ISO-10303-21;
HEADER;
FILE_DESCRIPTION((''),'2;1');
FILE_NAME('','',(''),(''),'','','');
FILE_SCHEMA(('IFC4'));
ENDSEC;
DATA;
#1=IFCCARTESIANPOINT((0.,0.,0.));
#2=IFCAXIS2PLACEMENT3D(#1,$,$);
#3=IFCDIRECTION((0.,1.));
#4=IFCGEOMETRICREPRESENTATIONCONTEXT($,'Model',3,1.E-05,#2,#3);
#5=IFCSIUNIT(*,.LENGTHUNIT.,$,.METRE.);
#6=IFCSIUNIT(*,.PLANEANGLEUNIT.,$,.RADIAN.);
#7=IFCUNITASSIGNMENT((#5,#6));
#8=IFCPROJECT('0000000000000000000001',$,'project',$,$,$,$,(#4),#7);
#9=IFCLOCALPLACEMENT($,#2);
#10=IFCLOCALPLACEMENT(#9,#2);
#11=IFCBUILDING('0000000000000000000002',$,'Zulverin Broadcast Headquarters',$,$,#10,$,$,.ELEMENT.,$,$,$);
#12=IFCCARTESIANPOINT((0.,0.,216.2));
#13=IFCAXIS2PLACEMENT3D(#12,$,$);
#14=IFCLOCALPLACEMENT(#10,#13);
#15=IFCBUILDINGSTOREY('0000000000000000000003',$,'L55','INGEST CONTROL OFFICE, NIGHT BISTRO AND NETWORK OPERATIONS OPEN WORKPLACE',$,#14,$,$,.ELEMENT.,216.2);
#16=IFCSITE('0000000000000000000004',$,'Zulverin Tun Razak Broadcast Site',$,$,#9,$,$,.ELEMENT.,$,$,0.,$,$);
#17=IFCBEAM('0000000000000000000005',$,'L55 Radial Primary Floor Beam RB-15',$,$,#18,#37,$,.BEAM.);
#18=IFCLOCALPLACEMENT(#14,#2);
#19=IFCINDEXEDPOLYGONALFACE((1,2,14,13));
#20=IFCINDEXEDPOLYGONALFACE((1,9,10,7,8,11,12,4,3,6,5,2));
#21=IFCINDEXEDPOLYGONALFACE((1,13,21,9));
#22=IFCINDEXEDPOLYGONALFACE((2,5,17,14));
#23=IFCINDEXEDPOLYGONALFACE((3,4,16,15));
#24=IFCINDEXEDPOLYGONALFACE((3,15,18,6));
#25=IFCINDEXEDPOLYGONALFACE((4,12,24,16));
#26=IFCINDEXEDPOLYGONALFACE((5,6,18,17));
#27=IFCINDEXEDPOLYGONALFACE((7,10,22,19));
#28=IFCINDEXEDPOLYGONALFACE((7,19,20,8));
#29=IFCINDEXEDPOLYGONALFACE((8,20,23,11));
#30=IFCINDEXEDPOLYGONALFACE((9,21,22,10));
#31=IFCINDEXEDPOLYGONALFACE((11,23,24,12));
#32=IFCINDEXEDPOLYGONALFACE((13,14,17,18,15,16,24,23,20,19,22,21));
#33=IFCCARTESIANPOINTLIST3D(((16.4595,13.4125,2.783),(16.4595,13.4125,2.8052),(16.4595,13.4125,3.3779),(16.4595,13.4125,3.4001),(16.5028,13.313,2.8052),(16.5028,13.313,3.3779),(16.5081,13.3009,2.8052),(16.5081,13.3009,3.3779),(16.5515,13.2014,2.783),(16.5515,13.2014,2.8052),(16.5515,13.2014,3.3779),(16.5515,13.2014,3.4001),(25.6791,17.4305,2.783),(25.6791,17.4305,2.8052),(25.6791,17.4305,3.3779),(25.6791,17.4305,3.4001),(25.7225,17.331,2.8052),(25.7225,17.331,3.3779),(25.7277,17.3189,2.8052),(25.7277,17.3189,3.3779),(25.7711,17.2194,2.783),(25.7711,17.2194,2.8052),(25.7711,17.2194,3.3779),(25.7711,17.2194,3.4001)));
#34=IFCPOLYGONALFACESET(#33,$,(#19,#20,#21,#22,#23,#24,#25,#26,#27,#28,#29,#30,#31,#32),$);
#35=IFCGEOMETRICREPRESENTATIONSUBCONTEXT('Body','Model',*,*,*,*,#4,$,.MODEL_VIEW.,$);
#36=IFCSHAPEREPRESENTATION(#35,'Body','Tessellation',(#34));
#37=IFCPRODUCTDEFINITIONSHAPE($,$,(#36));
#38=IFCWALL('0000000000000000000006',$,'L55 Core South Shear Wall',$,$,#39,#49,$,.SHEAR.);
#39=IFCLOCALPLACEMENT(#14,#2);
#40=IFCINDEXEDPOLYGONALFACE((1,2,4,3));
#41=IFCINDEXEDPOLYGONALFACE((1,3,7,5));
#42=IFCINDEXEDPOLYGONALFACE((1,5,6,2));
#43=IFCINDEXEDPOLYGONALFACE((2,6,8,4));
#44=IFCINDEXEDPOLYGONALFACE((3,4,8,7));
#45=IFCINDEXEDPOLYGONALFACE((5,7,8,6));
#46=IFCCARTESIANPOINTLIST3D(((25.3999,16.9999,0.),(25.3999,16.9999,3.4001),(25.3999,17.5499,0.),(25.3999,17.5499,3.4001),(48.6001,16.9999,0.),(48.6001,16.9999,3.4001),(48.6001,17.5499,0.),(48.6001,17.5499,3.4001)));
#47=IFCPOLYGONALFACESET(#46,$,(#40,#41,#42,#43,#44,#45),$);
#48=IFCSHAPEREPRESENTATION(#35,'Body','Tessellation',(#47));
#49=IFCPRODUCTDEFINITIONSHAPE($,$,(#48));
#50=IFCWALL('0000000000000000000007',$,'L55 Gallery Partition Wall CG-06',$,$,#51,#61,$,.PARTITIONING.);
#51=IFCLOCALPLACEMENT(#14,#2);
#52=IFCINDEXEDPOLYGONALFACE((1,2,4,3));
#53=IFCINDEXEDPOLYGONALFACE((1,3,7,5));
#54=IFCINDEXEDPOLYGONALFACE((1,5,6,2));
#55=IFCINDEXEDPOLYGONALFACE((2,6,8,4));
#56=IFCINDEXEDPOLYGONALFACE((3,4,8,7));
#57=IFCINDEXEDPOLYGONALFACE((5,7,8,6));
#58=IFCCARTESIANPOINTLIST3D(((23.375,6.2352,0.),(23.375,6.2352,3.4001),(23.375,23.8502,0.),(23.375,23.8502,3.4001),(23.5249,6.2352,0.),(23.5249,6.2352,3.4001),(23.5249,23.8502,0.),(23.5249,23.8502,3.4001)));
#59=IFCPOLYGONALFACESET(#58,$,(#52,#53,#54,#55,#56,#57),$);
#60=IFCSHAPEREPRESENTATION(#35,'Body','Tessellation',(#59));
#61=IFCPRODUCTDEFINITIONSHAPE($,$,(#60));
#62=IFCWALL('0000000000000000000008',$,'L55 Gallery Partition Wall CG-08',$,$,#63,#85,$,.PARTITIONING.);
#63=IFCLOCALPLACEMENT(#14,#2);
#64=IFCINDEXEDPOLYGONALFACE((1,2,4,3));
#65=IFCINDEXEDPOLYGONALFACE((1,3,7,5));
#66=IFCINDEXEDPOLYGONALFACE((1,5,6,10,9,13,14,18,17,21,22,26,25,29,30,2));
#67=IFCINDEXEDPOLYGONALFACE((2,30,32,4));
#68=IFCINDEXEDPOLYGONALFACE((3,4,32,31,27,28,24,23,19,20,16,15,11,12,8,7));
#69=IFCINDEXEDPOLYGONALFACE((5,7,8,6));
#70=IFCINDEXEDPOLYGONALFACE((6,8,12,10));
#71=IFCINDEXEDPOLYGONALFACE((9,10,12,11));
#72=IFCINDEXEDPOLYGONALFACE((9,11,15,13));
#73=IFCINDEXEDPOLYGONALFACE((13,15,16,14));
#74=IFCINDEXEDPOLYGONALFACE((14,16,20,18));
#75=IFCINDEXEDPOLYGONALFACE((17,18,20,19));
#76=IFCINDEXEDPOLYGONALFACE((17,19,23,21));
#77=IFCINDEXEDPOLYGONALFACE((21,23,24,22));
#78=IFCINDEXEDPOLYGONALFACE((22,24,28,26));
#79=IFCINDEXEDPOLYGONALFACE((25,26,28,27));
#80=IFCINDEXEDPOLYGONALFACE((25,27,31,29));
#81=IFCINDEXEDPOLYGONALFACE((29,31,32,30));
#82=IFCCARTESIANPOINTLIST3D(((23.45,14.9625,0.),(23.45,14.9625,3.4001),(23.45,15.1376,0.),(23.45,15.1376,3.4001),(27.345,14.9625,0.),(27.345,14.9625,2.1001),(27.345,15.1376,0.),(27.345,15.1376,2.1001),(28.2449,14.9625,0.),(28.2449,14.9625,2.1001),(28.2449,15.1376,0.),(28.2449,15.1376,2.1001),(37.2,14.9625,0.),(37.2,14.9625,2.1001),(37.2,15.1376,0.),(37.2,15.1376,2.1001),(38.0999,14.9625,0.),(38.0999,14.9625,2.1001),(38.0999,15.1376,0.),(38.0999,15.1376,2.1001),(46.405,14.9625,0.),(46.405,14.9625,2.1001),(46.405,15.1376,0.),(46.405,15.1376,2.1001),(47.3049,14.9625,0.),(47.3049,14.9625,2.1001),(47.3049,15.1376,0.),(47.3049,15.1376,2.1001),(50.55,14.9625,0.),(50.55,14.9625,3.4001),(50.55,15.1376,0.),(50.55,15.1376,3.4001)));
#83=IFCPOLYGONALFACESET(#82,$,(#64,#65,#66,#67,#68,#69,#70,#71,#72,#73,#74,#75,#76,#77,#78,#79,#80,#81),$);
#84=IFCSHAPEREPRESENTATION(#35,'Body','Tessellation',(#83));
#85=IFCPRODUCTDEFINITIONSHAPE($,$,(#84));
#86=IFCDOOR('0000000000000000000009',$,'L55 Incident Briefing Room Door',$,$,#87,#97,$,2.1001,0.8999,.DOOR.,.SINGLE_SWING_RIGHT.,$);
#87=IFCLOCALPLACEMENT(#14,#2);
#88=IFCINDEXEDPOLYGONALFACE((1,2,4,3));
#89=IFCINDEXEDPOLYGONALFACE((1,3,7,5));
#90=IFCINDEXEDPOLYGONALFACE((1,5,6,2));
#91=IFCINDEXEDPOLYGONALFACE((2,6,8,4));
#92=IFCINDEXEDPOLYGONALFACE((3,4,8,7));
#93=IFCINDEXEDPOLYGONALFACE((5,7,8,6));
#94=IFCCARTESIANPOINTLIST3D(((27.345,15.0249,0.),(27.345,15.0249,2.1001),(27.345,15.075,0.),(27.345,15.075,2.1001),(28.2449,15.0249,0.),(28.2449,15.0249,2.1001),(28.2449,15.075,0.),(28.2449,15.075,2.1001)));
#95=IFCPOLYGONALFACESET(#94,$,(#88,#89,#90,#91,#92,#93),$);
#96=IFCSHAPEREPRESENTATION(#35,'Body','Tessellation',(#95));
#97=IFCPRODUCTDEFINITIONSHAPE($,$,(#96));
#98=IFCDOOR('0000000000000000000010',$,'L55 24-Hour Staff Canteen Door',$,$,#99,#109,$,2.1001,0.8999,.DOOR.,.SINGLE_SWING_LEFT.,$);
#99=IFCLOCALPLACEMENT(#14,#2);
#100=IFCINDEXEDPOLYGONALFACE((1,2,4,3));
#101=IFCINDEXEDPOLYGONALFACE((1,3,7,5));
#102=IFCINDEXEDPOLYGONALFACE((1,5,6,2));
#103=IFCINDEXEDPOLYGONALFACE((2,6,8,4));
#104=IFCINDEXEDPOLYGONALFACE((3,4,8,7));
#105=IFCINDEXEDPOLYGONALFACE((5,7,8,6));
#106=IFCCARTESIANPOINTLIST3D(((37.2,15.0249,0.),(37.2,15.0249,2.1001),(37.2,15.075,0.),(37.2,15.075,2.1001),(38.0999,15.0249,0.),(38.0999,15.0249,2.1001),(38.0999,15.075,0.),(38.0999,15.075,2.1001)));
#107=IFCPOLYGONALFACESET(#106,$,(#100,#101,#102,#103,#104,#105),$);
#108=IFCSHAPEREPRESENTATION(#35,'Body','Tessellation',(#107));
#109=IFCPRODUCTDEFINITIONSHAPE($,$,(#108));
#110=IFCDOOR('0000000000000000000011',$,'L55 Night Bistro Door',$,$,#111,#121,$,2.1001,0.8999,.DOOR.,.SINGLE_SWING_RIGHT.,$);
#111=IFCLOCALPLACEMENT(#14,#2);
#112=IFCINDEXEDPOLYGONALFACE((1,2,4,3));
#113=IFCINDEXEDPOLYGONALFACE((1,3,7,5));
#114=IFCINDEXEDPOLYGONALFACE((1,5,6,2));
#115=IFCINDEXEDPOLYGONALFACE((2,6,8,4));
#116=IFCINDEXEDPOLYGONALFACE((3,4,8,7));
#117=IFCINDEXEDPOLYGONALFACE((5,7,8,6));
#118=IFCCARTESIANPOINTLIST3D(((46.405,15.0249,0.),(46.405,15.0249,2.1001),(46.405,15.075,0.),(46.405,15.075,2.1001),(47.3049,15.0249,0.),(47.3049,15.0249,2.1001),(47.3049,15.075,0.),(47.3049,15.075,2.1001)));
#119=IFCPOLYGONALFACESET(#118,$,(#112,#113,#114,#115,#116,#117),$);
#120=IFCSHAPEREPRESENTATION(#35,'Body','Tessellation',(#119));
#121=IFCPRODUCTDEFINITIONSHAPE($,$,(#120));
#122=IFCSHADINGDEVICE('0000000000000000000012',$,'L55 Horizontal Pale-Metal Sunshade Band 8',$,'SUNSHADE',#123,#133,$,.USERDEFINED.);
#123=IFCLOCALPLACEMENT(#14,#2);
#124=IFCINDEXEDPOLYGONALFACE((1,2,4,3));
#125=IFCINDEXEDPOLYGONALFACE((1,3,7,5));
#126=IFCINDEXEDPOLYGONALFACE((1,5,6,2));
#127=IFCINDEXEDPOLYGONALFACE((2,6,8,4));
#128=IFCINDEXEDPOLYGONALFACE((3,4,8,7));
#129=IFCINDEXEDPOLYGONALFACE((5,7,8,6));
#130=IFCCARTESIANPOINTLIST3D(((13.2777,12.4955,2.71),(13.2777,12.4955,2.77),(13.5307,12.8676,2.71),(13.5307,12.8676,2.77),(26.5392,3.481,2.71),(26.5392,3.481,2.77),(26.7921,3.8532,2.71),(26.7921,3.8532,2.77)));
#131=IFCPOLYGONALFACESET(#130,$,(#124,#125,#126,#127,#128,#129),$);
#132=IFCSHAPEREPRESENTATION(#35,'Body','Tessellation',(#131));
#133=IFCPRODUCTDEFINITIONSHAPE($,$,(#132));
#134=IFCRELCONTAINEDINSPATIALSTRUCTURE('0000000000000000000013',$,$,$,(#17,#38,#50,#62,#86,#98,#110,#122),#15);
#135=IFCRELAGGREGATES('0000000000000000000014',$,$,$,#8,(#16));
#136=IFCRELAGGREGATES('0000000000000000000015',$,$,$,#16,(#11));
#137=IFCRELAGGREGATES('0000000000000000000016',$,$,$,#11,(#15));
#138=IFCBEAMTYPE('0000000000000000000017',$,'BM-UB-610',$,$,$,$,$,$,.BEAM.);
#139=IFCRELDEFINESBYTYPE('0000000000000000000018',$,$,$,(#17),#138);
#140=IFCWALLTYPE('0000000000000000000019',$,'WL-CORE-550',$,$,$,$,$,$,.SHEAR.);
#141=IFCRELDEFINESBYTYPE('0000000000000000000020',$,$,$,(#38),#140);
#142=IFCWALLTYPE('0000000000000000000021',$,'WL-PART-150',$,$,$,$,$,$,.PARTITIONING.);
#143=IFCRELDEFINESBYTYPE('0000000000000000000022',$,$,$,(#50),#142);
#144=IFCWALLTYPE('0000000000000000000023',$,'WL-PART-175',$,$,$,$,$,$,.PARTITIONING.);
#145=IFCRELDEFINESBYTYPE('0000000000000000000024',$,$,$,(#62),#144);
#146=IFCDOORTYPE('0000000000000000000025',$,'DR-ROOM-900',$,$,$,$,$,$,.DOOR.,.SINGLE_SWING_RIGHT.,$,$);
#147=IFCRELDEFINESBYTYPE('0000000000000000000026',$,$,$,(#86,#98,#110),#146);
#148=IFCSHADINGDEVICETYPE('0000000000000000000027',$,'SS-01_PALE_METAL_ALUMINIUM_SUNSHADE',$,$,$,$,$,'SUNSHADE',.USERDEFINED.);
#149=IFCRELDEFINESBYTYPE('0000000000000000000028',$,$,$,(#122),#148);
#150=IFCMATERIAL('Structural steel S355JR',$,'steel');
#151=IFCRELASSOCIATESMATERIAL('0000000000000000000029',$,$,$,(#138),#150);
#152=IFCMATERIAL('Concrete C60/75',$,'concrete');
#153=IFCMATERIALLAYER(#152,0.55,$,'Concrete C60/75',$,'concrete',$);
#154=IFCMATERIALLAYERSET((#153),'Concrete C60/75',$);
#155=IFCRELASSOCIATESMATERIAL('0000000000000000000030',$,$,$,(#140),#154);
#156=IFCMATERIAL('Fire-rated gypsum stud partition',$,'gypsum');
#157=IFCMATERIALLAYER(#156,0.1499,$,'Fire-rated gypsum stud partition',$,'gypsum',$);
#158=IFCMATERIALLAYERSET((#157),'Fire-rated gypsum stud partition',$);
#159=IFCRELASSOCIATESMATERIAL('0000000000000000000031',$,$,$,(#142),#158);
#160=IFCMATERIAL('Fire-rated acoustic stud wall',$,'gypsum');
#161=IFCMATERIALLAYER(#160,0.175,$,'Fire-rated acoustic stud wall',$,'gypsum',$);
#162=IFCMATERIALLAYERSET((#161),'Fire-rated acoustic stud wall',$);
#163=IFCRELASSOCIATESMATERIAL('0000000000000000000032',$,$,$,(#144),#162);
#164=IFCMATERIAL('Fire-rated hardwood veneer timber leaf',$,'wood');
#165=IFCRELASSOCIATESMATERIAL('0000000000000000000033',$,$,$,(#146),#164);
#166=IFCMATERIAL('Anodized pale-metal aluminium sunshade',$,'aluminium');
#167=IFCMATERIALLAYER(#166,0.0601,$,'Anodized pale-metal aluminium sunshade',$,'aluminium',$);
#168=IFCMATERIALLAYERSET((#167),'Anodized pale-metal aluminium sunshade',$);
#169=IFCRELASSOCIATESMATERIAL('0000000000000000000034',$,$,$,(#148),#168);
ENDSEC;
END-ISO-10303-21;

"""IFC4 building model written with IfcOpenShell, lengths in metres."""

from ifc_helpers import new_model, si_unit, direction, frame, frame_2d, origin, origin_2d, place, context, subcontext, project, spatial, rectangle, i_section, extrude, material, layer, layer_set, material_profile, profile_set, type_object, element, fill, save


model = new_model("IFC4")

# Units and contexts
model_context = context("Model", 3, precision=1e-05, world=origin(), true_north=direction((0.0, 1.0)))
body_context = subcontext(model_context, "Body", "Model", "MODEL_VIEW")
ifc_project = project(units=[si_unit("LENGTHUNIT", "METRE"), si_unit("PLANEANGLEUNIT", "RADIAN")], contexts=[model_context])

# Site, building, storey
site_placement = place(None, origin())
site = spatial("IfcSite", under=ifc_project, at=site_placement, Name="Zulverin Tun Razak Broadcast Site", CompositionType="ELEMENT", RefElevation=0.0)
building_placement = place(site_placement, origin())
building = spatial("IfcBuilding", under=site, at=building_placement, Name="Zulverin Broadcast Headquarters", CompositionType="ELEMENT")
storey_placement = place(building_placement, frame((0.0, 0.0, 216.2)))
storey = spatial("IfcBuildingStorey", under=building, at=storey_placement, Name="L55", Description="INGEST CONTROL OFFICE, NIGHT BISTRO AND NETWORK OPERATIONS OPEN WORKPLACE", CompositionType="ELEMENT", Elevation=216.2)

# Beam
ifc_material_1 = material(Name="Concrete C60/75", Category="concrete")
ifc_material_2 = material(Name="Structural steel S355JR", Category="steel")
ifc_material_profile_1 = material_profile(ifc_material_2, i_section(OverallWidth=0.2302, OverallDepth=0.6172, WebThickness=0.0132, FlangeThickness=0.0222, at=origin_2d()), Name="Structural steel S355JR", Category="steel")
ifc_profile_set_1 = profile_set([ifc_material_profile_1], Name="Structural steel S355JR")
beam_type_1 = type_object("IfcBeamType", Name="BM-UB-610", PredefinedType="BEAM", material=ifc_profile_set_1)
beam_1_placement = place(storey_placement, frame((25.7251, 17.325, 3.0916), z_axis=(-0.916725, -0.39952, 0.0), x_axis=(0.39952, -0.916725, 0.0)))
element("IfcBeam", 1, at=beam_1_placement, inside=storey, type_object=beam_type_1, Name="L55 Radial Primary Floor Beam RB-15", PredefinedType="BEAM", context=body_context, shape_type="SweptSolid", body=[
    extrude(i_section(OverallWidth=0.2302, OverallDepth=0.6172, WebThickness=0.0132, FlangeThickness=0.0222, at=origin_2d()), origin(), (0.0, 0.0, 1.0), 10.0571),
])

# Wall
ifc_layer_1 = layer(ifc_material_1, 0.55, Name="Concrete C60/75", Category="concrete")
ifc_layer_set_1 = layer_set([ifc_layer_1], Name="Concrete C60/75")
wall_type_1 = type_object("IfcWallType", Name="WL-CORE-550", PredefinedType="SHEAR", material=ifc_layer_set_1)
wall_1_placement = place(storey_placement, frame((25.3999, 17.2749, 0.0), z_axis=(0.0, 0.0, 1.0), x_axis=(1.0, 0.0, 0.0)))
element("IfcWall", 2, at=wall_1_placement, inside=storey, type_object=wall_type_1, Name="L55 Core South Shear Wall", PredefinedType="SHEAR", context=body_context, shape_type="SweptSolid", body=[
    extrude(rectangle(XDim=23.2002, YDim=0.55, at=frame_2d((11.6001, 0.0))), origin(), (0.0, 0.0, 1.0), 3.4001),
])

# Wall
ifc_material_3 = material(Name="Fire-rated gypsum stud partition", Category="gypsum")
ifc_layer_2 = layer(ifc_material_3, 0.1499, Name="Fire-rated gypsum stud partition", Category="gypsum")
ifc_layer_set_2 = layer_set([ifc_layer_2], Name="Fire-rated gypsum stud partition")
wall_type_2 = type_object("IfcWallType", Name="WL-PART-150", PredefinedType="PARTITIONING", material=ifc_layer_set_2)
wall_2_placement = place(storey_placement, frame((23.45, 6.2351, 0.0), z_axis=(0.0, 0.0, 1.0), x_axis=(0.0, 1.0, 0.0)))
element("IfcWall", 3, at=wall_2_placement, inside=storey, type_object=wall_type_2, Name="L55 Gallery Partition Wall CG-06", PredefinedType="PARTITIONING", context=body_context, shape_type="SweptSolid", body=[
    extrude(rectangle(XDim=17.615, YDim=0.1499, at=frame_2d((8.8076, 0.0))), origin(), (0.0, 0.0, 1.0), 3.4001),
])

# Wall, openings, doors
ifc_material_4 = material(Name="Fire-rated acoustic stud wall", Category="gypsum")
ifc_layer_3 = layer(ifc_material_4, 0.175, Name="Fire-rated acoustic stud wall", Category="gypsum")
ifc_layer_set_3 = layer_set([ifc_layer_3], Name="Fire-rated acoustic stud wall")
wall_type_3 = type_object("IfcWallType", Name="WL-PART-175", PredefinedType="PARTITIONING", material=ifc_layer_set_3)
wall_3_placement = place(storey_placement, frame((23.45, 15.05, 0.0), z_axis=(0.0, 0.0, 1.0), x_axis=(1.0, 0.0, 0.0)))
wall_3 = element("IfcWall", 4, at=wall_3_placement, inside=storey, type_object=wall_type_3, Name="L55 Gallery Partition Wall CG-08", PredefinedType="PARTITIONING", context=body_context, shape_type="SweptSolid", body=[
    extrude(rectangle(XDim=27.1001, YDim=0.175, at=frame_2d((13.55, 0.0))), origin(), (0.0, 0.0, 1.0), 3.4001),
])
opening_1_placement = place(wall_3_placement, frame((3.895, 0.0, 0.0)))
opening_1 = element("IfcOpeningElement", 5, at=opening_1_placement, cuts=wall_3, PredefinedType="OPENING", context=body_context, shape_type="SweptSolid", body=[
    extrude(rectangle(XDim=0.8999, YDim=2.1001, at=frame_2d((0.45, 1.05))), frame((0.0, 0.0974, 0.0), z_axis=(0.0, -1.0, 0.0), x_axis=(1.0, 0.0, 0.0)), (0.0, 0.0, 1.0), 0.1951),
])
opening_2_placement = place(wall_3_placement, frame((13.75, 0.0, 0.0)))
opening_2 = element("IfcOpeningElement", 6, at=opening_2_placement, cuts=wall_3, PredefinedType="OPENING", context=body_context, shape_type="SweptSolid", body=[
    extrude(rectangle(XDim=0.8999, YDim=2.1001, at=frame_2d((0.45, 1.05))), frame((0.0, 0.0974, 0.0), z_axis=(0.0, -1.0, 0.0), x_axis=(1.0, 0.0, 0.0)), (0.0, 0.0, 1.0), 0.1951),
])
opening_3_placement = place(wall_3_placement, frame((22.9551, 0.0, 0.0)))
opening_3 = element("IfcOpeningElement", 7, at=opening_3_placement, cuts=wall_3, PredefinedType="OPENING", context=body_context, shape_type="SweptSolid", body=[
    extrude(rectangle(XDim=0.8999, YDim=2.1001, at=frame_2d((0.45, 1.05))), frame((0.0, 0.0974, 0.0), z_axis=(0.0, -1.0, 0.0), x_axis=(1.0, 0.0, 0.0)), (0.0, 0.0, 1.0), 0.1951),
])
ifc_material_5 = material(Name="Fire-rated hardwood veneer timber leaf", Category="wood")
door_type_1 = type_object("IfcDoorType", Name="DR-ROOM-900", OperationType="SINGLE_SWING_RIGHT", PredefinedType="DOOR", material=ifc_material_5)
door_1_placement = place(opening_1_placement, origin())
door_1 = element("IfcDoor", 8, at=door_1_placement, inside=storey, type_object=door_type_1, Name="L55 Incident Briefing Room Door", OperationType="SINGLE_SWING_RIGHT", OverallHeight=2.1001, OverallWidth=0.8999, PredefinedType="DOOR", context=body_context, shape_type="SweptSolid", body=[
    extrude(rectangle(XDim=0.8999, YDim=2.1001, at=frame_2d((0.45, 1.05))), frame((0.0, 0.0249, 0.0), z_axis=(0.0, -1.0, 0.0), x_axis=(1.0, 0.0, 0.0)), (0.0, 0.0, 1.0), 0.05),
])
fill(opening_1, door_1)
door_2_placement = place(opening_2_placement, origin())
door_2 = element("IfcDoor", 9, at=door_2_placement, inside=storey, type_object=door_type_1, Name="L55 24-Hour Staff Canteen Door", OperationType="SINGLE_SWING_LEFT", OverallHeight=2.1001, OverallWidth=0.8999, PredefinedType="DOOR", context=body_context, shape_type="SweptSolid", body=[
    extrude(rectangle(XDim=0.8999, YDim=2.1001, at=frame_2d((0.45, 1.05))), frame((0.0, 0.0249, 0.0), z_axis=(0.0, -1.0, 0.0), x_axis=(1.0, 0.0, 0.0)), (0.0, 0.0, 1.0), 0.05),
])
fill(opening_2, door_2)
door_3_placement = place(opening_3_placement, origin())
door_3 = element("IfcDoor", 10, at=door_3_placement, inside=storey, type_object=door_type_1, Name="L55 Night Bistro Door", OperationType="SINGLE_SWING_RIGHT", OverallHeight=2.1001, OverallWidth=0.8999, PredefinedType="DOOR", context=body_context, shape_type="SweptSolid", body=[
    extrude(rectangle(XDim=0.8999, YDim=2.1001, at=frame_2d((0.45, 1.05))), frame((0.0, 0.0249, 0.0), z_axis=(0.0, -1.0, 0.0), x_axis=(1.0, 0.0, 0.0)), (0.0, 0.0, 1.0), 0.05),
])
fill(opening_3, door_3)

# Shading device
ifc_material_6 = material(Name="Anodized pale-metal aluminium sunshade", Category="aluminium")
ifc_layer_4 = layer(ifc_material_6, 0.0601, Name="Anodized pale-metal aluminium sunshade", Category="aluminium")
ifc_layer_set_4 = layer_set([ifc_layer_4], Name="Anodized pale-metal aluminium sunshade")
shading_device_type = type_object("IfcShadingDeviceType", Name="SS-01_PALE_METAL_ALUMINIUM_SUNSHADE", ElementType="SUNSHADE", PredefinedType="USERDEFINED", material=ifc_layer_set_4)
shading_device_placement = place(storey_placement, frame((20.0349, 8.1743, 2.71), z_axis=(0.0, 0.0, 1.0), x_axis=(0.827025, -0.562166, 0.0)))
element("IfcShadingDevice", 11, at=shading_device_placement, inside=storey, type_object=shading_device_type, Name="L55 Horizontal Pale-Metal Sunshade Band 8", ObjectType="SUNSHADE", PredefinedType="USERDEFINED", context=body_context, shape_type="SweptSolid", body=[
    extrude(rectangle(XDim=16.0352, YDim=0.45, at=origin_2d()), origin(), (0.0, 0.0, 1.0), 0.0601),
])

save(model, "model.ifc")
